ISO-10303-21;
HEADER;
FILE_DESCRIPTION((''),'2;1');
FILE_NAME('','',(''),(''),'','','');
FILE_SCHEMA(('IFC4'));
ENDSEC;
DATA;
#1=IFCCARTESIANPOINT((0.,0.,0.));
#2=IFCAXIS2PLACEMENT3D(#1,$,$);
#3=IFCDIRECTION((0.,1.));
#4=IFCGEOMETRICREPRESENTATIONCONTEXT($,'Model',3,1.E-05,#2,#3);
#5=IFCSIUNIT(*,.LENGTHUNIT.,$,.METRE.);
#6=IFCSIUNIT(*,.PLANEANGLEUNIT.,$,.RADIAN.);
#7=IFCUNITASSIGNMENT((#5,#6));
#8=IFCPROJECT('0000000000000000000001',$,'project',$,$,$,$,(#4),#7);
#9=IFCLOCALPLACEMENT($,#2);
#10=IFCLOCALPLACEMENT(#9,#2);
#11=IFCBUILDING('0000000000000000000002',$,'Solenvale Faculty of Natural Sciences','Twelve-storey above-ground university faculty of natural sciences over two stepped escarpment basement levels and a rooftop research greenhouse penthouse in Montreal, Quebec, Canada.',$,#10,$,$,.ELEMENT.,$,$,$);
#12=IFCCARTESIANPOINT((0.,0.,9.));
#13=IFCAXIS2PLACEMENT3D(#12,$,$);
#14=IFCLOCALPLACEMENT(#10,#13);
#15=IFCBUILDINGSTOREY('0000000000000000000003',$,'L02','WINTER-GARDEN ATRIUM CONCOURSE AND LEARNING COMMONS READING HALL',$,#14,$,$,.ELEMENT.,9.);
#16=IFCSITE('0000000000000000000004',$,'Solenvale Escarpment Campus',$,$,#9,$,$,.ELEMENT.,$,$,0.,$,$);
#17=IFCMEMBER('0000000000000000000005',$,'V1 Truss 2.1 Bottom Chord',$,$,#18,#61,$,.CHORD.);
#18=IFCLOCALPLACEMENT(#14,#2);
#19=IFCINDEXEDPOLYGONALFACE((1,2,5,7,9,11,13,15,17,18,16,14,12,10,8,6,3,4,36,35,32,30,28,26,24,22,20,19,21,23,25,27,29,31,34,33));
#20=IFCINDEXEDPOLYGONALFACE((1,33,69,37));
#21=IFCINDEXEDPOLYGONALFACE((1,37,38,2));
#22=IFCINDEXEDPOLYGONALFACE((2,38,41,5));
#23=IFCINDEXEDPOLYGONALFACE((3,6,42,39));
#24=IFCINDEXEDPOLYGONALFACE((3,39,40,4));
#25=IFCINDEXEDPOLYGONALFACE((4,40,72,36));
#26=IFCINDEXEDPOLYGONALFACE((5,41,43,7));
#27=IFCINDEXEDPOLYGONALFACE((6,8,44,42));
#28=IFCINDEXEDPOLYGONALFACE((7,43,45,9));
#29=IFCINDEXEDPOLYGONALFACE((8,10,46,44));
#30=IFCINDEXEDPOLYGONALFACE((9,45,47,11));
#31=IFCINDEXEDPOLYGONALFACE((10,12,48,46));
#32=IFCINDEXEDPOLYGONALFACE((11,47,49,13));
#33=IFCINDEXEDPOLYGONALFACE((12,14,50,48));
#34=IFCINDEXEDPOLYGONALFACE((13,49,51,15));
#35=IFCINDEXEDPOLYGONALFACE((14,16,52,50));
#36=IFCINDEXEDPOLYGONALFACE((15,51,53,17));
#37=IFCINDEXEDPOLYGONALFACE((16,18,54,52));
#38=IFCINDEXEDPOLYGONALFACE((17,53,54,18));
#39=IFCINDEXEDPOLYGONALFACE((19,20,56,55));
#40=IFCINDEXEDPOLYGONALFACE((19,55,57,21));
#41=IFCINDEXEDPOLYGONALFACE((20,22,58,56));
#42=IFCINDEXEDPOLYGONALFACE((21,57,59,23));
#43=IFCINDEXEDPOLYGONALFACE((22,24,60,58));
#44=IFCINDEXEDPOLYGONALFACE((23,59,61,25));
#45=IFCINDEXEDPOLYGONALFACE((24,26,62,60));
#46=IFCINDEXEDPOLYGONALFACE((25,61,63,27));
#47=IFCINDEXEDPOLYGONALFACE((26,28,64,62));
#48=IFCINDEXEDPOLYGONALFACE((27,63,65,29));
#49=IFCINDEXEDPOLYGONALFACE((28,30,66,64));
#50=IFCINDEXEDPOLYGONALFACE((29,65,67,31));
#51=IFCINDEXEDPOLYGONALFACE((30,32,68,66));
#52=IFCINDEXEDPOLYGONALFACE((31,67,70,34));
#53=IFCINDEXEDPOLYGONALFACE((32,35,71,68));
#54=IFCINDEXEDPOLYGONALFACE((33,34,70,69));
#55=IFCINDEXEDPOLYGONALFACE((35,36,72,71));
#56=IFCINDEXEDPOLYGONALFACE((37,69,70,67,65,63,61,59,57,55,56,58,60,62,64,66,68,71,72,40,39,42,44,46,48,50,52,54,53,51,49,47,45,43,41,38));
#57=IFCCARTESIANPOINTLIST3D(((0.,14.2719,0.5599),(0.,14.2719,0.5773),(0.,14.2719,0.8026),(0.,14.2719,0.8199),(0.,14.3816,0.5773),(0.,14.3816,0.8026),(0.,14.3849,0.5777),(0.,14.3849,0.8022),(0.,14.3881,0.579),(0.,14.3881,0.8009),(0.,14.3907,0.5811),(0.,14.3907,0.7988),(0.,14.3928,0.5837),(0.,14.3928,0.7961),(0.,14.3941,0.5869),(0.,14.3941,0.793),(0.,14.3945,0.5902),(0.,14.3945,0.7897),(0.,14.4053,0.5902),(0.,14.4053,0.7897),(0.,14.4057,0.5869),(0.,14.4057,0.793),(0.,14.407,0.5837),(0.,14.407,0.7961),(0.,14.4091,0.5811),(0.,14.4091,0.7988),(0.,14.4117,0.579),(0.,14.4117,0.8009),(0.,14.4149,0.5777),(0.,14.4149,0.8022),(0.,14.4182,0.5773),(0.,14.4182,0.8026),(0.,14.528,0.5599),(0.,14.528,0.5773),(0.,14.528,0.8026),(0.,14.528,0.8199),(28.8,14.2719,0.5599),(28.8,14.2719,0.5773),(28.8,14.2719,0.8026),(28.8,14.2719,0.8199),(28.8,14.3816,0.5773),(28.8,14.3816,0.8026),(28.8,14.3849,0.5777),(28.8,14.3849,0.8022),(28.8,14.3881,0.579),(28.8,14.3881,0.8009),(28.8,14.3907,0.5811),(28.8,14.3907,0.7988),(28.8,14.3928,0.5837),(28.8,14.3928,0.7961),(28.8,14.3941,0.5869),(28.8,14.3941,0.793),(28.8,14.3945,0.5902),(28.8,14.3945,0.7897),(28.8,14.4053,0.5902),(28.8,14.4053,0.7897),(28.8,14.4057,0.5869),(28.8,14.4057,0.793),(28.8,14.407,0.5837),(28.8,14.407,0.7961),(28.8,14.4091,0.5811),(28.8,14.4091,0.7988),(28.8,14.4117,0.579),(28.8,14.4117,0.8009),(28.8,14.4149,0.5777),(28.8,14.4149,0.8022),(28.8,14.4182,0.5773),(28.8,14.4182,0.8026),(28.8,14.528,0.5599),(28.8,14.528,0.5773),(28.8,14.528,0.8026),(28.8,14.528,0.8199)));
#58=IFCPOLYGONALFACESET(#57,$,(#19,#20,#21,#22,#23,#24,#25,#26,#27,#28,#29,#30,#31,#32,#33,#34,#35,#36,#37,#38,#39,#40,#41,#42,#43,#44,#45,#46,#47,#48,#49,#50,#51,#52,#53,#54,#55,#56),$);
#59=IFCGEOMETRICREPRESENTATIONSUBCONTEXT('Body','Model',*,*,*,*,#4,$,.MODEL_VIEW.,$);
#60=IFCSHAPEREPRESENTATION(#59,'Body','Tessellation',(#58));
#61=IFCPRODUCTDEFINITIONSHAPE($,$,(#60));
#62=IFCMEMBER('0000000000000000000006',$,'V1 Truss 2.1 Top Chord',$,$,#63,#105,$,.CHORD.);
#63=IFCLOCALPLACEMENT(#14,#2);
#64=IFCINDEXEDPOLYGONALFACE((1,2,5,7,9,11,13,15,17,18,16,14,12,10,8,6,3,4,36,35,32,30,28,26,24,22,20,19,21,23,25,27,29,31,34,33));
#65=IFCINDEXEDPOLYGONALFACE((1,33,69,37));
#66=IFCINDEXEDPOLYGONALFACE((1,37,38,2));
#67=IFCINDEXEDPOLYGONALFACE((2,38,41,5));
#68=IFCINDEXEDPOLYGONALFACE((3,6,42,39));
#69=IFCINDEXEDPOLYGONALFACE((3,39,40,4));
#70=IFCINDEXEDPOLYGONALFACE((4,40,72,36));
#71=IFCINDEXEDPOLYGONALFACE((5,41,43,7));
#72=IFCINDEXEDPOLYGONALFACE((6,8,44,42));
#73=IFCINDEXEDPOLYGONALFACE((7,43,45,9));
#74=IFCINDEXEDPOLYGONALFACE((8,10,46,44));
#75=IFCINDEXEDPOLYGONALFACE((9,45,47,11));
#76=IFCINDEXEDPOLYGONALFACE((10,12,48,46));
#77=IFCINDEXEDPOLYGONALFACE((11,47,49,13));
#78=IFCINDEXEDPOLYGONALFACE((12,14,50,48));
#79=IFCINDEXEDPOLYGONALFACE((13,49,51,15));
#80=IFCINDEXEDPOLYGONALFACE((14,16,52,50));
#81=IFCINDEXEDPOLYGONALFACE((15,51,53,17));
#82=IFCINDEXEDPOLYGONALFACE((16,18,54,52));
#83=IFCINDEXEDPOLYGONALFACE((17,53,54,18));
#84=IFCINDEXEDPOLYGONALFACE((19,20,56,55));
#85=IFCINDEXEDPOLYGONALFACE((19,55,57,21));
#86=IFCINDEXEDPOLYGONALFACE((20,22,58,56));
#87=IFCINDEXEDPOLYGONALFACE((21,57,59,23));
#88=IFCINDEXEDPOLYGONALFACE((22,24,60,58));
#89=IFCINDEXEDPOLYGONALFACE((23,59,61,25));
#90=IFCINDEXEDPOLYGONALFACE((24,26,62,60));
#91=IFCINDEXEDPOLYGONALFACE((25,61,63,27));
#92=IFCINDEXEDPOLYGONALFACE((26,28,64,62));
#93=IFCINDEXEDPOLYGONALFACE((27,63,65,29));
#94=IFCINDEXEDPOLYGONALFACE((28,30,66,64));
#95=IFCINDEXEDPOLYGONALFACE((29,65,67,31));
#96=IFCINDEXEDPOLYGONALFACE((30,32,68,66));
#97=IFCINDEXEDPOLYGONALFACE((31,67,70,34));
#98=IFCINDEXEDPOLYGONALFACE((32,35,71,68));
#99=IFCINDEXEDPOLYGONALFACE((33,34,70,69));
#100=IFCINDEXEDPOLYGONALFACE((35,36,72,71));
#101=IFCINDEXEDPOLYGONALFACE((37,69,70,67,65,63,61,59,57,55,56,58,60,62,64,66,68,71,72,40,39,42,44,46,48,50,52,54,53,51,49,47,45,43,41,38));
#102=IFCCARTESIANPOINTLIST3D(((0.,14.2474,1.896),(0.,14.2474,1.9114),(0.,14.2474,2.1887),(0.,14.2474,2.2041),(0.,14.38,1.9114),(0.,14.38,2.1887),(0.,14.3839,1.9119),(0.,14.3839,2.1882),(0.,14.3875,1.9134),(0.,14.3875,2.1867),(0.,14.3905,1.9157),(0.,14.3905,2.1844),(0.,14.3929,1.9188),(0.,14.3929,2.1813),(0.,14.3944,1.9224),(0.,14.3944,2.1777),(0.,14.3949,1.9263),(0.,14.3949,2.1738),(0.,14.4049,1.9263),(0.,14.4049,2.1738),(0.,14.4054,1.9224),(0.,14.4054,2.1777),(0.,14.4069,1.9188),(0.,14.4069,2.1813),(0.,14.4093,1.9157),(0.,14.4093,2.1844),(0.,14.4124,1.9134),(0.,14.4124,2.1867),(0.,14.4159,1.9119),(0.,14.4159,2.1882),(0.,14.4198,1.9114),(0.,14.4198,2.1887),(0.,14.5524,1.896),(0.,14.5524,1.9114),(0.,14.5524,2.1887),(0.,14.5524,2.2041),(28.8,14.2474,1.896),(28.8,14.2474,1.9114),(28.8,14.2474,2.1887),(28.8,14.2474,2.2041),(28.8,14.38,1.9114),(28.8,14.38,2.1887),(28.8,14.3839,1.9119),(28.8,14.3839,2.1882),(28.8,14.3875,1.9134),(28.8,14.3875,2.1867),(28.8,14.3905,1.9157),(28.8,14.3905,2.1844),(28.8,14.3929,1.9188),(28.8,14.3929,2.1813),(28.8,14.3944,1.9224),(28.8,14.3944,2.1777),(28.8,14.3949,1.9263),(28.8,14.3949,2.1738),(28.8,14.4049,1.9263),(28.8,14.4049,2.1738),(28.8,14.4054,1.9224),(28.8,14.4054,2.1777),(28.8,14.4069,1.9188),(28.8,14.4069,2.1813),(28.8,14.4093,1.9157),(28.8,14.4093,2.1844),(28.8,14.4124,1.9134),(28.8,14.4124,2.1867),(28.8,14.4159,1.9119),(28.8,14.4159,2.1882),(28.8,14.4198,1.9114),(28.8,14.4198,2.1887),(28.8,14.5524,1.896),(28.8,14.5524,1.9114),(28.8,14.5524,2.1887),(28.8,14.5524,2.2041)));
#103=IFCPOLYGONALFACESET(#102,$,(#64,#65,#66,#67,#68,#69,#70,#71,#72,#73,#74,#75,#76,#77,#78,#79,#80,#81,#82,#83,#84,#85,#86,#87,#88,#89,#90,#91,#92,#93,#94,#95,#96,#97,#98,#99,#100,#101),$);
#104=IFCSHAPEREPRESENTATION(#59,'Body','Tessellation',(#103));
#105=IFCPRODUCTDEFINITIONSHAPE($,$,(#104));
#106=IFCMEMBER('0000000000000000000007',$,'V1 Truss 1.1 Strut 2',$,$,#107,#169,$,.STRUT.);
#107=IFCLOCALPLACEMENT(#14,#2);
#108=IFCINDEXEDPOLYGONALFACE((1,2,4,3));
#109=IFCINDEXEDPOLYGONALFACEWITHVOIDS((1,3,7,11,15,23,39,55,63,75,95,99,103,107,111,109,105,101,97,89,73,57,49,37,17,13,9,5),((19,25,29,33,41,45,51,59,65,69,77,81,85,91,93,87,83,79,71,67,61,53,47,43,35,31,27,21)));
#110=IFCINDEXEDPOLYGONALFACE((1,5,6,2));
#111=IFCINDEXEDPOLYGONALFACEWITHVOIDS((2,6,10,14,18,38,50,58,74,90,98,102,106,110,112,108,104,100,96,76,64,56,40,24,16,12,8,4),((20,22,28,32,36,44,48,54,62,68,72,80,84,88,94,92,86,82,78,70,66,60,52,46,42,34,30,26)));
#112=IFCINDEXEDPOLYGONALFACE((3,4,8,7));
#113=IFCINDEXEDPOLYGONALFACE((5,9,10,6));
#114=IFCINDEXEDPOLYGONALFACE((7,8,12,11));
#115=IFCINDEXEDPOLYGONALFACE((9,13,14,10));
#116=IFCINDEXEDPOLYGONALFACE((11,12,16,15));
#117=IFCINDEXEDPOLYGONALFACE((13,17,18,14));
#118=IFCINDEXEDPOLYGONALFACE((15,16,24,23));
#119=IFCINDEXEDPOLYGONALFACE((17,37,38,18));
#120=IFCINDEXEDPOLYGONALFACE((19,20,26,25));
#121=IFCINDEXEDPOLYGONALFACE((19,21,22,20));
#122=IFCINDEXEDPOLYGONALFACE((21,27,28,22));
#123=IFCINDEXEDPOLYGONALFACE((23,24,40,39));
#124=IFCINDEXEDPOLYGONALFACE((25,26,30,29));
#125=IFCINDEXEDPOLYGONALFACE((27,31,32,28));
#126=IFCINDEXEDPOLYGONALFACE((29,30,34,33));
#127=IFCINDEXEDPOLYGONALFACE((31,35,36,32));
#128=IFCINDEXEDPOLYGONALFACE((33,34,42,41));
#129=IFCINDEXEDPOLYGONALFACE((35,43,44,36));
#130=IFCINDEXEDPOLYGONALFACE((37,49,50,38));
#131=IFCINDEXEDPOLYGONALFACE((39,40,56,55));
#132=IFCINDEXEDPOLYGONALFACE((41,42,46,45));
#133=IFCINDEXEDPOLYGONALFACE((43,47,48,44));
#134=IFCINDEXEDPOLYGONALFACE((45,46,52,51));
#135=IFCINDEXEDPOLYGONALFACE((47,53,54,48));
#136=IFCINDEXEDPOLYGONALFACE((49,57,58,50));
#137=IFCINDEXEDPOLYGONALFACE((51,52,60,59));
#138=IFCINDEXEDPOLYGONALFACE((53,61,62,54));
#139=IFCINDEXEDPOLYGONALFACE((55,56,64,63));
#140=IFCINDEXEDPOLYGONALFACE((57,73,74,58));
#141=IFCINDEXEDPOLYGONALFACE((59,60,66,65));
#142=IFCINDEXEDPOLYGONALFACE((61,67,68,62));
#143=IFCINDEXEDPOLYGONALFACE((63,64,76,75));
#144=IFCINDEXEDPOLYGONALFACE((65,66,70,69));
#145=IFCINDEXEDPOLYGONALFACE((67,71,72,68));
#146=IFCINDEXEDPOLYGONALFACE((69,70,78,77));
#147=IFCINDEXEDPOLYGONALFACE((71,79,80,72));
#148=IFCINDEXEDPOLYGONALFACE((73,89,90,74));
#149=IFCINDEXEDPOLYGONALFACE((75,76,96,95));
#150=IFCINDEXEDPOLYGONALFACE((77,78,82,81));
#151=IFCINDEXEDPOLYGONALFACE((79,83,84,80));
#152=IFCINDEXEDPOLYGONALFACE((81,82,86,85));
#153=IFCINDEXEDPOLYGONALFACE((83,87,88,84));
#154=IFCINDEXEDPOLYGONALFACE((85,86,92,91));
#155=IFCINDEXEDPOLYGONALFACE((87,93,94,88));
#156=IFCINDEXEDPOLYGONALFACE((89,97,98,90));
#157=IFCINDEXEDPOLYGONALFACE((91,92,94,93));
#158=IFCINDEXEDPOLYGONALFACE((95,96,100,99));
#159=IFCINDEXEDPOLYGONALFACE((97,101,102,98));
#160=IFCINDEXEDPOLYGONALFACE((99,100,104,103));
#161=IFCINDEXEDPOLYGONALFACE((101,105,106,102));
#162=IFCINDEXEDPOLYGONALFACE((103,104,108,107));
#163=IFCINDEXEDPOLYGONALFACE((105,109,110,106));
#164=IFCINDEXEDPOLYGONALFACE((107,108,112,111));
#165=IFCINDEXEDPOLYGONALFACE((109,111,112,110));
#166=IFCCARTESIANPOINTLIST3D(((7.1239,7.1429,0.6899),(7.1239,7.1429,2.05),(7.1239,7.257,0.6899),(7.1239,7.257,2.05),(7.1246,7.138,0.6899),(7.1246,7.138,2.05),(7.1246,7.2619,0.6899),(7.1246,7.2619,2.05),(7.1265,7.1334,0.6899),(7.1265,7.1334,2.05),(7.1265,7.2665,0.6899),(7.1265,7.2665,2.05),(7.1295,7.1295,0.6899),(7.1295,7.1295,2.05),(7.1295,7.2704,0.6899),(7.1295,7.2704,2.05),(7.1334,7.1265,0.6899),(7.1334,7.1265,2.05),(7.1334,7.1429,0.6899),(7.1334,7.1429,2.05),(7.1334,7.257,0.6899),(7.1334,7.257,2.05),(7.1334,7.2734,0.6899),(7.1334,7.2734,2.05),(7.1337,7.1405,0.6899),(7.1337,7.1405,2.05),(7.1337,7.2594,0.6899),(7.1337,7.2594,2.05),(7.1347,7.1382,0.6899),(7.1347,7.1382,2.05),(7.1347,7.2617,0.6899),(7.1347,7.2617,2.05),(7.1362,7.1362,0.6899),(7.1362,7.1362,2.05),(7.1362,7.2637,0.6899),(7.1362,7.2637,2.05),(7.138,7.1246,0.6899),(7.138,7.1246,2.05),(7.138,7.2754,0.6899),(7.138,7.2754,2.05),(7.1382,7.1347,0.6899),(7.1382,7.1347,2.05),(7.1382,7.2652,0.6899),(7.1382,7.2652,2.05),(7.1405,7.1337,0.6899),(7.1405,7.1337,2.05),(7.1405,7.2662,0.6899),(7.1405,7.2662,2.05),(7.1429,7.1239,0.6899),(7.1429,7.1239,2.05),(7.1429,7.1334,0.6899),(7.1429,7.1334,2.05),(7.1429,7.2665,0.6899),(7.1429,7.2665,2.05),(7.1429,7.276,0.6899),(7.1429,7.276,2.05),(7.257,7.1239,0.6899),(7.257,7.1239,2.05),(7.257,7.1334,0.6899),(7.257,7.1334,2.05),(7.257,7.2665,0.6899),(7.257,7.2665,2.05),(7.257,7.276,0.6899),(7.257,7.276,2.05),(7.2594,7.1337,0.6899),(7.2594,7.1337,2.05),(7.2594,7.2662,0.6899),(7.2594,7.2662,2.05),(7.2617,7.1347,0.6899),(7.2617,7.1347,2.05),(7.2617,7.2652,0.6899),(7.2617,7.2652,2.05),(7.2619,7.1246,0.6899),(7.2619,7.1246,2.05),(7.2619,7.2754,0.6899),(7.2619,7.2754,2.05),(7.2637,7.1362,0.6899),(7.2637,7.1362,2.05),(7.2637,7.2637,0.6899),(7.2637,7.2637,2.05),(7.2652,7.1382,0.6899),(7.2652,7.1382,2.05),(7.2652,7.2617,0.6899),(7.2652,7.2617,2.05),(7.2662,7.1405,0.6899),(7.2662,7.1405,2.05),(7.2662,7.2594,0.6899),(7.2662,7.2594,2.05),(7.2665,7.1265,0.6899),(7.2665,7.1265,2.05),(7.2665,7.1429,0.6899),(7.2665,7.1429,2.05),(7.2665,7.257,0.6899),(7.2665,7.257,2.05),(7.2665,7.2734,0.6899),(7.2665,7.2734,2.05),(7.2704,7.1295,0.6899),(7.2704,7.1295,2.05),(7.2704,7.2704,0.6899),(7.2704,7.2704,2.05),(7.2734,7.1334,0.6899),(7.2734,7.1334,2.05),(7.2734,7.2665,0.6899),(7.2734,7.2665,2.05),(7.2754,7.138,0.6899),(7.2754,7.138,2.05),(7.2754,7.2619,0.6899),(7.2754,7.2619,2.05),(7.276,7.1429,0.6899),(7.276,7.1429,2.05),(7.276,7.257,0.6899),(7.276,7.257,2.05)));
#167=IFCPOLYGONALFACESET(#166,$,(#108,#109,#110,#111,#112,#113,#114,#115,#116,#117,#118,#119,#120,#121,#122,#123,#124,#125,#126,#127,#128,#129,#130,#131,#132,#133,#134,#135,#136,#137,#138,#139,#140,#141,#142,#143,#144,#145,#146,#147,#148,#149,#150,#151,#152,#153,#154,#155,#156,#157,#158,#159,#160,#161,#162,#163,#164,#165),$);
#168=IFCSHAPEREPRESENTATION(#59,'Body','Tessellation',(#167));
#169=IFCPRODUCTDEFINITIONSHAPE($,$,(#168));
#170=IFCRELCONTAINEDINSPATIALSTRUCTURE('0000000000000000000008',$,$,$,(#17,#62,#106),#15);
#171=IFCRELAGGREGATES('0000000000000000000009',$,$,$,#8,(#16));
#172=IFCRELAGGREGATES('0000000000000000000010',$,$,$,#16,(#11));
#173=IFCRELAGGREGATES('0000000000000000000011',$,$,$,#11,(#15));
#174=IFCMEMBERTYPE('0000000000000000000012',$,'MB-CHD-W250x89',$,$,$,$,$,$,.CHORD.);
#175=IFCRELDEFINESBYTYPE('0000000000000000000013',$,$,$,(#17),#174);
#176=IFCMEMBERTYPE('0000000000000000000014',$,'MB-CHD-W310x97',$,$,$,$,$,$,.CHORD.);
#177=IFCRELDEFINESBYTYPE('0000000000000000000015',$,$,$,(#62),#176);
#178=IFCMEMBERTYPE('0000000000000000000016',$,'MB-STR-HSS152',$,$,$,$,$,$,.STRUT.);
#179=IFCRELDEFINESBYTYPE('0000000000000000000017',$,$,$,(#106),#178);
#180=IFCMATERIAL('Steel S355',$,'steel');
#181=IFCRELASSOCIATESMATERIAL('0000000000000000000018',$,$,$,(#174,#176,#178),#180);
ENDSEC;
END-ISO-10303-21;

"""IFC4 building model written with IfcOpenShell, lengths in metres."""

from ifc_helpers import new_model, si_unit, direction, frame, origin, origin_2d, place, context, subcontext, project, spatial, hollow_rectangle, i_section, extrude, material, material_profile, profile_set, type_object, element, save


model = new_model("IFC4")

# Units and contexts
model_context = context("Model", 3, precision=1e-05, world=origin(), true_north=direction((0.0, 1.0)))
body_context = subcontext(model_context, "Body", "Model", "MODEL_VIEW")
ifc_project = project(units=[si_unit("LENGTHUNIT", "METRE"), si_unit("PLANEANGLEUNIT", "RADIAN")], contexts=[model_context])

# Site, building, storey
site_placement = place(None, origin())
site = spatial("IfcSite", under=ifc_project, at=site_placement, Name="Solenvale Escarpment Campus", CompositionType="ELEMENT", RefElevation=0.0)
building_placement = place(site_placement, origin())
building = spatial("IfcBuilding", under=site, at=building_placement, Name="Solenvale Faculty of Natural Sciences", Description="Twelve-storey above-ground university faculty of natural sciences over two stepped escarpment basement levels and a rooftop research greenhouse penthouse in Montreal, Quebec, Canada.", CompositionType="ELEMENT")
storey_placement = place(building_placement, frame((0.0, 0.0, 9.0)))
storey = spatial("IfcBuildingStorey", under=building, at=storey_placement, Name="L02", Description="WINTER-GARDEN ATRIUM CONCOURSE AND LEARNING COMMONS READING HALL", CompositionType="ELEMENT", Elevation=9.0)

# Shared definitions
ifc_material_1 = material(Name="Steel S355", Category="steel")

# Members
ifc_material_profile_1 = material_profile(ifc_material_1, i_section(OverallWidth=0.2561, OverallDepth=0.26, WebThickness=0.0107, FlangeThickness=0.0173, FilletRadius=0.0129, at=origin_2d()), Name="W250x89")
ifc_profile_set_1 = profile_set([ifc_material_profile_1], Name="Steel S355")
member_type_1 = type_object("IfcMemberType", Name="MB-CHD-W250x89", PredefinedType="CHORD", material=ifc_profile_set_1)
member_1_placement = place(storey_placement, frame((0.0, 14.3999, 0.6899), z_axis=(1.0, 0.0, 0.0), x_axis=(0.0, 1.0, 0.0)))
element("IfcMember", 1, at=member_1_placement, inside=storey, type_object=member_type_1, Name="V1 Truss 2.1 Bottom Chord", PredefinedType="CHORD", context=body_context, shape_type="SweptSolid", body=[
    extrude(i_section(OverallWidth=0.2561, OverallDepth=0.26, WebThickness=0.0107, FlangeThickness=0.0173, FilletRadius=0.0129, at=origin_2d()), origin(), (0.0, 0.0, 1.0), 28.8),
])
ifc_material_profile_2 = material_profile(ifc_material_1, i_section(OverallWidth=0.3049, OverallDepth=0.3081, WebThickness=0.01, FlangeThickness=0.0154, FilletRadius=0.0149, at=origin_2d()), Name="W310x97")
ifc_profile_set_2 = profile_set([ifc_material_profile_2], Name="Steel S355")
member_type_2 = type_object("IfcMemberType", Name="MB-CHD-W310x97", PredefinedType="CHORD", material=ifc_profile_set_2)
member_2_placement = place(storey_placement, frame((0.0, 14.3999, 2.05), z_axis=(1.0, 0.0, 0.0), x_axis=(0.0, 1.0, 0.0)))
element("IfcMember", 2, at=member_2_placement, inside=storey, type_object=member_type_2, Name="V1 Truss 2.1 Top Chord", PredefinedType="CHORD", context=body_context, shape_type="SweptSolid", body=[
    extrude(i_section(OverallWidth=0.3049, OverallDepth=0.3081, WebThickness=0.01, FlangeThickness=0.0154, FilletRadius=0.0149, at=origin_2d()), origin(), (0.0, 0.0, 1.0), 28.8),
])
ifc_material_profile_3 = material_profile(ifc_material_1, hollow_rectangle(XDim=0.1521, YDim=0.1521, WallThickness=0.0095, InnerFilletRadius=0.0095, OuterFilletRadius=0.019, at=origin_2d()), Name="HSS152x152x9.5")
ifc_profile_set_3 = profile_set([ifc_material_profile_3], Name="Steel S355")
member_type_3 = type_object("IfcMemberType", Name="MB-STR-HSS152", PredefinedType="STRUT", material=ifc_profile_set_3)
member_3_placement = place(storey_placement, frame((7.2, 7.2, 0.6899), z_axis=(0.0, 0.0, 1.0), x_axis=(1.0, 0.0, 0.0)))
element("IfcMember", 3, at=member_3_placement, inside=storey, type_object=member_type_3, Name="V1 Truss 1.1 Strut 2", PredefinedType="STRUT", context=body_context, shape_type="SweptSolid", body=[
    extrude(hollow_rectangle(XDim=0.1521, YDim=0.1521, WallThickness=0.0095, InnerFilletRadius=0.0095, OuterFilletRadius=0.019, at=origin_2d()), origin(), (0.0, 0.0, 1.0), 1.3601),
])

save(model, "model.ifc")
